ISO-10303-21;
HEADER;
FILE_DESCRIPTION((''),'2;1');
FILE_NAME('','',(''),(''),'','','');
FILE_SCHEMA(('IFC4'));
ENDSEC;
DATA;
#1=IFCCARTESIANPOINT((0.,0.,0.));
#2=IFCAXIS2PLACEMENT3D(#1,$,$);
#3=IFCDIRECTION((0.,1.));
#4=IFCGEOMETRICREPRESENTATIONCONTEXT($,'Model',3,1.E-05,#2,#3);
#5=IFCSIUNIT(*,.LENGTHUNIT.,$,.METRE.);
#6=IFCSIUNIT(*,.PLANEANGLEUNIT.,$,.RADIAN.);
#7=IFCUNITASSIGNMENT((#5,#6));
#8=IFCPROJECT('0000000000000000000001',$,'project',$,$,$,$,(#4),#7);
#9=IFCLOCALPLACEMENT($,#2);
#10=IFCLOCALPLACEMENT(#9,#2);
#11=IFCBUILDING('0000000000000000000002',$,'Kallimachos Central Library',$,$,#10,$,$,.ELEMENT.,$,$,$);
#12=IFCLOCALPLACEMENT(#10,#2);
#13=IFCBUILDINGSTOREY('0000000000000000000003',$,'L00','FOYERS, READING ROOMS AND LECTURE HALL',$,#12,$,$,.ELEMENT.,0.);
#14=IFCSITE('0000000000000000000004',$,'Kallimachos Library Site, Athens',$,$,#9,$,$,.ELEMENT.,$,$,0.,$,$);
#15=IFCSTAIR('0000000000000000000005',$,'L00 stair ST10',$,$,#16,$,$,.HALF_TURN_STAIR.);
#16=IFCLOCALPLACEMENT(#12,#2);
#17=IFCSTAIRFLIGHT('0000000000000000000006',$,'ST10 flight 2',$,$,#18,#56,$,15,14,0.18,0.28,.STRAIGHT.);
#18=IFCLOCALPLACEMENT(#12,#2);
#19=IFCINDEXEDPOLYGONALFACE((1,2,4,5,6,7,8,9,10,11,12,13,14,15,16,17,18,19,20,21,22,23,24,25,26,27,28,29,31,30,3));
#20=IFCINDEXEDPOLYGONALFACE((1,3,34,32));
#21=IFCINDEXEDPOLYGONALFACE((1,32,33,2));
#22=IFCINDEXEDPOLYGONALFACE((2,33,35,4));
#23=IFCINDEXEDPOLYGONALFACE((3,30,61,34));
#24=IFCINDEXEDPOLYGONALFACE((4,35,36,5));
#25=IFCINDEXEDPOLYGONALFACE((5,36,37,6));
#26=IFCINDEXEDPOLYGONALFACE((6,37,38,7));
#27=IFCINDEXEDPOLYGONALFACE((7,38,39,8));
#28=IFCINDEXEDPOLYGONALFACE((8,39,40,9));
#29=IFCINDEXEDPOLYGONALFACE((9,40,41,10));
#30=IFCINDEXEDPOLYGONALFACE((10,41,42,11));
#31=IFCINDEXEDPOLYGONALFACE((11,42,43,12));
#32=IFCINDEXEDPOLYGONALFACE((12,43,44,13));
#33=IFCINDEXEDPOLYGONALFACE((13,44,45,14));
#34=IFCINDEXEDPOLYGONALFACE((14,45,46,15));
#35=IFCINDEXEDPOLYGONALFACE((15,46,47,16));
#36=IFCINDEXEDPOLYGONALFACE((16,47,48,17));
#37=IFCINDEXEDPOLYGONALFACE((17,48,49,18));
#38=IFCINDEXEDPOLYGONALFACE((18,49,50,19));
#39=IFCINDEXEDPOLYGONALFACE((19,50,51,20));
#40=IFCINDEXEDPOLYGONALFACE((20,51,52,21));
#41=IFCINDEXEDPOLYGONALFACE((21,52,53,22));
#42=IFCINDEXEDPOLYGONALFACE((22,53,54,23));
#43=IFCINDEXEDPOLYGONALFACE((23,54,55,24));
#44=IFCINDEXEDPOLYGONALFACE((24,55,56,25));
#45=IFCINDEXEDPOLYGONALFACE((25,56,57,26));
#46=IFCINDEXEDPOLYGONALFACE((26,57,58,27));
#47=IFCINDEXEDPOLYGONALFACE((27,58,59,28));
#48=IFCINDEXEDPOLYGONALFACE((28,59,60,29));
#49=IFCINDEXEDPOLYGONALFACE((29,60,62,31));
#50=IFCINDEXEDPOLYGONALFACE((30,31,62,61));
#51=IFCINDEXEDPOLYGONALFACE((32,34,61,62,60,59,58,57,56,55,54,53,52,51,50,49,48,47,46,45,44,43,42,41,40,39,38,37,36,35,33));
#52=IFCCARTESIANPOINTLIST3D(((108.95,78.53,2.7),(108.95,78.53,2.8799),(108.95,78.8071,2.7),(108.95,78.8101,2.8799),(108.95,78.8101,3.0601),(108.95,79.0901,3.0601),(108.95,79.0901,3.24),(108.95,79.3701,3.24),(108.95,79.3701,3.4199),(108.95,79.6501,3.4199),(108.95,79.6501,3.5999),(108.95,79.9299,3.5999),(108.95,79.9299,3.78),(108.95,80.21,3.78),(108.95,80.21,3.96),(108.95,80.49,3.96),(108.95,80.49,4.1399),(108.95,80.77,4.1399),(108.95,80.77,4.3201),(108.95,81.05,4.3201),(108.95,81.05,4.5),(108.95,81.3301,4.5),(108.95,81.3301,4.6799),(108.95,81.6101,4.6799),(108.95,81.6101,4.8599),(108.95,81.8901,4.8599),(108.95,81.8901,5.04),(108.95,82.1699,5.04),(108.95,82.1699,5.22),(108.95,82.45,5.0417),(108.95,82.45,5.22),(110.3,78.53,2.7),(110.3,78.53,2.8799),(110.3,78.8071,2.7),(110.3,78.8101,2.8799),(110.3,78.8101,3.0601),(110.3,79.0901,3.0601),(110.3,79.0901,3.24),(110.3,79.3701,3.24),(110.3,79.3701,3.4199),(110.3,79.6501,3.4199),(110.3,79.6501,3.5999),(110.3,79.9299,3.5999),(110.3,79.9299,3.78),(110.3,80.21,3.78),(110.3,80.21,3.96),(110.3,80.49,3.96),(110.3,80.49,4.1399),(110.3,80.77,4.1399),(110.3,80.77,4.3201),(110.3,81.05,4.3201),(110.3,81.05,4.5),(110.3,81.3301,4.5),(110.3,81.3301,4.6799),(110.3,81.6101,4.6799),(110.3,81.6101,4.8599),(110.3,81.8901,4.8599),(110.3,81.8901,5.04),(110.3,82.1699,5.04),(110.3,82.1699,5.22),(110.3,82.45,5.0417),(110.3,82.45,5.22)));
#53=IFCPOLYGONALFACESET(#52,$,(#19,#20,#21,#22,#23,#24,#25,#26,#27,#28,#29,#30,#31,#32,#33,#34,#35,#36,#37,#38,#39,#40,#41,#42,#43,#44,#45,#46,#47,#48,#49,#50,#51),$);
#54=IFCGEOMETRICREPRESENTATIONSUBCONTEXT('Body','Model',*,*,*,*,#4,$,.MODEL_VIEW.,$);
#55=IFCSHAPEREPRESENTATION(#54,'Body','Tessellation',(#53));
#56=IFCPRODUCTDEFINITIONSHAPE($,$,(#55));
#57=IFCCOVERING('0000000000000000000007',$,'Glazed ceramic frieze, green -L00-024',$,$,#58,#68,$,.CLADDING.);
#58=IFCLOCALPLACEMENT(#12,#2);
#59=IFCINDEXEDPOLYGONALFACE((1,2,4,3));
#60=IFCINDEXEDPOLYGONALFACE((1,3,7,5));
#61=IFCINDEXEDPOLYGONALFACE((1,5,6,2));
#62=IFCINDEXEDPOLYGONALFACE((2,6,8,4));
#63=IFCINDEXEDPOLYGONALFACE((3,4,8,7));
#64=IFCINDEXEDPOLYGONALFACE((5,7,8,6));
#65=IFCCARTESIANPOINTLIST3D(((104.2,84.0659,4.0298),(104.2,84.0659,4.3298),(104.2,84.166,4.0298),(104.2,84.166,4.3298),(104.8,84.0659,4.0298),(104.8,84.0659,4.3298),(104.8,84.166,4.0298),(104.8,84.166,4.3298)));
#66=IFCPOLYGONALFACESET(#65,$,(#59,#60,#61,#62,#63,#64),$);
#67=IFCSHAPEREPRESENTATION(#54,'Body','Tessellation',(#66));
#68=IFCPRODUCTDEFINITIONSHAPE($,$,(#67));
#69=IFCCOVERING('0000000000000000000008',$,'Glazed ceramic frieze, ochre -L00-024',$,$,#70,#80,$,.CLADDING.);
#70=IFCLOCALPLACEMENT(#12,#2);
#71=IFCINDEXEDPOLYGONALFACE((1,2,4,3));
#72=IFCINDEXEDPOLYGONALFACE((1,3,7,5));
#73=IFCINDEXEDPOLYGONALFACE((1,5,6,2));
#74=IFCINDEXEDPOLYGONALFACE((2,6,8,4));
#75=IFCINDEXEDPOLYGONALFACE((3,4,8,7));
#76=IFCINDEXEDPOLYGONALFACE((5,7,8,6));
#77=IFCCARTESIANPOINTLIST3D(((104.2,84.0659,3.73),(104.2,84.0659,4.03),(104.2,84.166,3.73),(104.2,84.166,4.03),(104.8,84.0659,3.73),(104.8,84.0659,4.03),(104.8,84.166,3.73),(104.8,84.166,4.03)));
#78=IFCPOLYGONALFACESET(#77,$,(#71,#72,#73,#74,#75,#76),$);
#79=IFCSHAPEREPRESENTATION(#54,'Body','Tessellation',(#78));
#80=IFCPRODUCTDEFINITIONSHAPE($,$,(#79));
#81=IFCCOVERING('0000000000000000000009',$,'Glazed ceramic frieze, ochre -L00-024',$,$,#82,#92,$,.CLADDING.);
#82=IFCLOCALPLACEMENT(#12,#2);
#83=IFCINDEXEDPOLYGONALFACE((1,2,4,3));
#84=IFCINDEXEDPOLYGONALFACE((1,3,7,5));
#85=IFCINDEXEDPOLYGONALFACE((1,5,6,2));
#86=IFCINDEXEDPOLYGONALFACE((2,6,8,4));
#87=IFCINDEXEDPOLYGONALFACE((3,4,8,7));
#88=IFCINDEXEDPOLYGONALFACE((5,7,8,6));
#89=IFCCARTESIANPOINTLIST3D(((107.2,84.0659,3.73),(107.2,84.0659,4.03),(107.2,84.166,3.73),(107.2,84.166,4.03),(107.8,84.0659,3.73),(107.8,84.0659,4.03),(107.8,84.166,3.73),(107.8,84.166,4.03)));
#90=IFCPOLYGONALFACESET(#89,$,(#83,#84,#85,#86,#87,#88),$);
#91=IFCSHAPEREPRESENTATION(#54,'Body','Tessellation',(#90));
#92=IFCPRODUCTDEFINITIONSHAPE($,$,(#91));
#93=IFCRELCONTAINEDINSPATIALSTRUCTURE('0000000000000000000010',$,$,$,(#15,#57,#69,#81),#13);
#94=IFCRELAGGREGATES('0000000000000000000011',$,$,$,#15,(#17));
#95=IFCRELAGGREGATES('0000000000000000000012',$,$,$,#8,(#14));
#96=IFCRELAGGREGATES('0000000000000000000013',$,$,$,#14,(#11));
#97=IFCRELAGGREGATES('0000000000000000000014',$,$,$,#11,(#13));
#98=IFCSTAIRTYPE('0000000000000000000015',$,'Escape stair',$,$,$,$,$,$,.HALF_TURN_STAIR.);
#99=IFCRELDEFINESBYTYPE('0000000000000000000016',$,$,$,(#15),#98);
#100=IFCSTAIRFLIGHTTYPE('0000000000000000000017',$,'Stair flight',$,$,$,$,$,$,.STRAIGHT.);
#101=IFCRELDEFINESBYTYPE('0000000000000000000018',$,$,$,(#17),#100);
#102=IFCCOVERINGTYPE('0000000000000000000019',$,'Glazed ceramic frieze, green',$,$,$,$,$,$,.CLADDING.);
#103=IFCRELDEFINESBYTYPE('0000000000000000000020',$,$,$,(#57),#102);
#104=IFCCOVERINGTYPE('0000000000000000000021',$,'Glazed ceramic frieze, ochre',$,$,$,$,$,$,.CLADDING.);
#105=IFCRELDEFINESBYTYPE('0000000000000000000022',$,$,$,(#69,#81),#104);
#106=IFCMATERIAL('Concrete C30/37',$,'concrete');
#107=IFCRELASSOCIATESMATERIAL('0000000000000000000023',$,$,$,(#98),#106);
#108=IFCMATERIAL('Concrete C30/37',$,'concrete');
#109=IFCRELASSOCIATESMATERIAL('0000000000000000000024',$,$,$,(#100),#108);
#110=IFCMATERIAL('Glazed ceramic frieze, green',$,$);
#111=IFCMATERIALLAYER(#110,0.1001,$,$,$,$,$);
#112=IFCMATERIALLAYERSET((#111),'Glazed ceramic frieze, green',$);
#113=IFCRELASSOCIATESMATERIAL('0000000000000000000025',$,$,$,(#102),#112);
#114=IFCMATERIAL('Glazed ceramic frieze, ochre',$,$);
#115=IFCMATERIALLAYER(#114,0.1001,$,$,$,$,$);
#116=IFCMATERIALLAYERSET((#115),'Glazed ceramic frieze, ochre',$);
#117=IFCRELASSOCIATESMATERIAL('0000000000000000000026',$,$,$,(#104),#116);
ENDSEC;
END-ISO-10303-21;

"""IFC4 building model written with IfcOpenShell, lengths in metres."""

from ifc_helpers import new_model, si_unit, direction, frame, origin, origin_2d, place, context, subcontext, project, spatial, polyline, rectangle, outline, extrude, material, layer, layer_set, type_object, element, aggregate, save


model = new_model("IFC4")

# Units and contexts
model_context = context("Model", 3, precision=1e-05, world=origin(), true_north=direction((0.0, 1.0)))
body_context = subcontext(model_context, "Body", "Model", "MODEL_VIEW")
ifc_project = project(units=[si_unit("LENGTHUNIT", "METRE"), si_unit("PLANEANGLEUNIT", "RADIAN")], contexts=[model_context])

# Site, building, storey
site_placement = place(None, origin())
site = spatial("IfcSite", under=ifc_project, at=site_placement, Name="Kallimachos Library Site, Athens", CompositionType="ELEMENT", RefElevation=0.0)
building_placement = place(site_placement, origin())
building = spatial("IfcBuilding", under=site, at=building_placement, Name="Kallimachos Central Library", CompositionType="ELEMENT")
storey_placement = place(building_placement, origin())
storey = spatial("IfcBuildingStorey", under=building, at=storey_placement, Name="L00", Description="FOYERS, READING ROOMS AND LECTURE HALL", CompositionType="ELEMENT", Elevation=0.0)

# Stair, stair flight
ifc_material_1 = material(Name="Concrete C30/37", Category="concrete")
stair_type = type_object("IfcStairType", Name="Escape stair", PredefinedType="HALF_TURN_STAIR", material=ifc_material_1)
stair_placement = place(storey_placement, origin())
stair = element("IfcStair", 1, at=stair_placement, inside=storey, type_object=stair_type, Name="L00 stair ST10", PredefinedType="HALF_TURN_STAIR")
ifc_material_2 = material(Name="Concrete C30/37", Category="concrete")
stair_flight_type = type_object("IfcStairFlightType", Name="Stair flight", PredefinedType="STRAIGHT", material=ifc_material_2)
stair_flight_1_placement = place(storey_placement, frame((109.625, 78.53, 2.7), z_axis=(0.0, 0.0, 1.0), x_axis=(0.0, 1.0, 0.0)))
stair_flight_1 = element("IfcStairFlight", 2, at=stair_flight_1_placement, type_object=stair_flight_type, Name="ST10 flight 2", NumberOfRisers=15, NumberOfTreads=14, PredefinedType="STRAIGHT", RiserHeight=0.18, TreadLength=0.28, context=body_context, shape_type="SweptSolid", body=[
    extrude(outline(polyline([(0.0, 0.0), (0.0, 0.1799), (0.28, 0.1799), (0.28, 0.3601), (0.5601, 0.3601), (0.5601, 0.54), (0.8401, 0.54), (0.8401, 0.72), (1.1201, 0.72), (1.1201, 0.8999), (1.3999, 0.8999), (1.3999, 1.0801), (1.6799, 1.0801), (1.6799, 1.26), (1.96, 1.26), (1.96, 1.4399), (2.24, 1.4399), (2.24, 1.6201), (2.52, 1.6201), (2.52, 1.8), (2.8, 1.8), (2.8, 1.98), (3.0801, 1.98), (3.0801, 2.1599), (3.3601, 2.1599), (3.3601, 2.3401), (3.6399, 2.3401), (3.6399, 2.52), (3.9199, 2.52), (3.9199, 2.7), (3.9199, 2.3418), (0.2771, 0.0), (0.0, 0.0)])), frame((0.0, 0.675, 0.0), z_axis=(0.0, -1.0, 0.0), x_axis=(1.0, 0.0, 0.0)), (0.0, 0.0, 1.0), 1.3501),
])
aggregate(stair, [stair_flight_1])

# Coverings
ifc_material_3 = material(Name="Glazed ceramic frieze, green")
ifc_layer_1 = layer(ifc_material_3, 0.1001)
ifc_layer_set_1 = layer_set([ifc_layer_1], Name="Glazed ceramic frieze, green")
covering_type_1 = type_object("IfcCoveringType", Name="Glazed ceramic frieze, green", PredefinedType="CLADDING", material=ifc_layer_set_1)
covering_placement = place(storey_placement, frame((104.5, 84.116, 4.0298), z_axis=(0.0, 0.0, 1.0), x_axis=(1.0, 0.0, 0.0)))
element("IfcCovering", 3, at=covering_placement, inside=storey, type_object=covering_type_1, Name="Glazed ceramic frieze, green -L00-024", PredefinedType="CLADDING", context=body_context, shape_type="SweptSolid", body=[
    extrude(rectangle(XDim=0.6001, YDim=0.1001, at=origin_2d()), origin(), (0.0, 0.0, 1.0), 0.3),
])
ifc_material_4 = material(Name="Glazed ceramic frieze, ochre")
ifc_layer_2 = layer(ifc_material_4, 0.1001)
ifc_layer_set_2 = layer_set([ifc_layer_2], Name="Glazed ceramic frieze, ochre")
covering_type_2 = type_object("IfcCoveringType", Name="Glazed ceramic frieze, ochre", PredefinedType="CLADDING", material=ifc_layer_set_2)
for number, where, z_axis, x_axis, name in (
    (4, (104.5, 84.116, 3.73), (0.0, 0.0, 1.0), (1.0, 0.0, 0.0), "Glazed ceramic frieze, ochre -L00-024"),
    (5, (107.5, 84.116, 3.73), (0.0, 0.0, 1.0), (1.0, 0.0, 0.0), "Glazed ceramic frieze, ochre -L00-024"),
):
    element("IfcCovering", number, at=place(storey_placement, frame(where, z_axis=z_axis, x_axis=x_axis)), inside=storey, type_object=covering_type_2, Name=name, PredefinedType="CLADDING", context=body_context, shape_type="SweptSolid", body=[
        extrude(rectangle(XDim=0.6001, YDim=0.1001, at=origin_2d()), origin(), (0.0, 0.0, 1.0), 0.3),
    ])

save(model, "model.ifc")
